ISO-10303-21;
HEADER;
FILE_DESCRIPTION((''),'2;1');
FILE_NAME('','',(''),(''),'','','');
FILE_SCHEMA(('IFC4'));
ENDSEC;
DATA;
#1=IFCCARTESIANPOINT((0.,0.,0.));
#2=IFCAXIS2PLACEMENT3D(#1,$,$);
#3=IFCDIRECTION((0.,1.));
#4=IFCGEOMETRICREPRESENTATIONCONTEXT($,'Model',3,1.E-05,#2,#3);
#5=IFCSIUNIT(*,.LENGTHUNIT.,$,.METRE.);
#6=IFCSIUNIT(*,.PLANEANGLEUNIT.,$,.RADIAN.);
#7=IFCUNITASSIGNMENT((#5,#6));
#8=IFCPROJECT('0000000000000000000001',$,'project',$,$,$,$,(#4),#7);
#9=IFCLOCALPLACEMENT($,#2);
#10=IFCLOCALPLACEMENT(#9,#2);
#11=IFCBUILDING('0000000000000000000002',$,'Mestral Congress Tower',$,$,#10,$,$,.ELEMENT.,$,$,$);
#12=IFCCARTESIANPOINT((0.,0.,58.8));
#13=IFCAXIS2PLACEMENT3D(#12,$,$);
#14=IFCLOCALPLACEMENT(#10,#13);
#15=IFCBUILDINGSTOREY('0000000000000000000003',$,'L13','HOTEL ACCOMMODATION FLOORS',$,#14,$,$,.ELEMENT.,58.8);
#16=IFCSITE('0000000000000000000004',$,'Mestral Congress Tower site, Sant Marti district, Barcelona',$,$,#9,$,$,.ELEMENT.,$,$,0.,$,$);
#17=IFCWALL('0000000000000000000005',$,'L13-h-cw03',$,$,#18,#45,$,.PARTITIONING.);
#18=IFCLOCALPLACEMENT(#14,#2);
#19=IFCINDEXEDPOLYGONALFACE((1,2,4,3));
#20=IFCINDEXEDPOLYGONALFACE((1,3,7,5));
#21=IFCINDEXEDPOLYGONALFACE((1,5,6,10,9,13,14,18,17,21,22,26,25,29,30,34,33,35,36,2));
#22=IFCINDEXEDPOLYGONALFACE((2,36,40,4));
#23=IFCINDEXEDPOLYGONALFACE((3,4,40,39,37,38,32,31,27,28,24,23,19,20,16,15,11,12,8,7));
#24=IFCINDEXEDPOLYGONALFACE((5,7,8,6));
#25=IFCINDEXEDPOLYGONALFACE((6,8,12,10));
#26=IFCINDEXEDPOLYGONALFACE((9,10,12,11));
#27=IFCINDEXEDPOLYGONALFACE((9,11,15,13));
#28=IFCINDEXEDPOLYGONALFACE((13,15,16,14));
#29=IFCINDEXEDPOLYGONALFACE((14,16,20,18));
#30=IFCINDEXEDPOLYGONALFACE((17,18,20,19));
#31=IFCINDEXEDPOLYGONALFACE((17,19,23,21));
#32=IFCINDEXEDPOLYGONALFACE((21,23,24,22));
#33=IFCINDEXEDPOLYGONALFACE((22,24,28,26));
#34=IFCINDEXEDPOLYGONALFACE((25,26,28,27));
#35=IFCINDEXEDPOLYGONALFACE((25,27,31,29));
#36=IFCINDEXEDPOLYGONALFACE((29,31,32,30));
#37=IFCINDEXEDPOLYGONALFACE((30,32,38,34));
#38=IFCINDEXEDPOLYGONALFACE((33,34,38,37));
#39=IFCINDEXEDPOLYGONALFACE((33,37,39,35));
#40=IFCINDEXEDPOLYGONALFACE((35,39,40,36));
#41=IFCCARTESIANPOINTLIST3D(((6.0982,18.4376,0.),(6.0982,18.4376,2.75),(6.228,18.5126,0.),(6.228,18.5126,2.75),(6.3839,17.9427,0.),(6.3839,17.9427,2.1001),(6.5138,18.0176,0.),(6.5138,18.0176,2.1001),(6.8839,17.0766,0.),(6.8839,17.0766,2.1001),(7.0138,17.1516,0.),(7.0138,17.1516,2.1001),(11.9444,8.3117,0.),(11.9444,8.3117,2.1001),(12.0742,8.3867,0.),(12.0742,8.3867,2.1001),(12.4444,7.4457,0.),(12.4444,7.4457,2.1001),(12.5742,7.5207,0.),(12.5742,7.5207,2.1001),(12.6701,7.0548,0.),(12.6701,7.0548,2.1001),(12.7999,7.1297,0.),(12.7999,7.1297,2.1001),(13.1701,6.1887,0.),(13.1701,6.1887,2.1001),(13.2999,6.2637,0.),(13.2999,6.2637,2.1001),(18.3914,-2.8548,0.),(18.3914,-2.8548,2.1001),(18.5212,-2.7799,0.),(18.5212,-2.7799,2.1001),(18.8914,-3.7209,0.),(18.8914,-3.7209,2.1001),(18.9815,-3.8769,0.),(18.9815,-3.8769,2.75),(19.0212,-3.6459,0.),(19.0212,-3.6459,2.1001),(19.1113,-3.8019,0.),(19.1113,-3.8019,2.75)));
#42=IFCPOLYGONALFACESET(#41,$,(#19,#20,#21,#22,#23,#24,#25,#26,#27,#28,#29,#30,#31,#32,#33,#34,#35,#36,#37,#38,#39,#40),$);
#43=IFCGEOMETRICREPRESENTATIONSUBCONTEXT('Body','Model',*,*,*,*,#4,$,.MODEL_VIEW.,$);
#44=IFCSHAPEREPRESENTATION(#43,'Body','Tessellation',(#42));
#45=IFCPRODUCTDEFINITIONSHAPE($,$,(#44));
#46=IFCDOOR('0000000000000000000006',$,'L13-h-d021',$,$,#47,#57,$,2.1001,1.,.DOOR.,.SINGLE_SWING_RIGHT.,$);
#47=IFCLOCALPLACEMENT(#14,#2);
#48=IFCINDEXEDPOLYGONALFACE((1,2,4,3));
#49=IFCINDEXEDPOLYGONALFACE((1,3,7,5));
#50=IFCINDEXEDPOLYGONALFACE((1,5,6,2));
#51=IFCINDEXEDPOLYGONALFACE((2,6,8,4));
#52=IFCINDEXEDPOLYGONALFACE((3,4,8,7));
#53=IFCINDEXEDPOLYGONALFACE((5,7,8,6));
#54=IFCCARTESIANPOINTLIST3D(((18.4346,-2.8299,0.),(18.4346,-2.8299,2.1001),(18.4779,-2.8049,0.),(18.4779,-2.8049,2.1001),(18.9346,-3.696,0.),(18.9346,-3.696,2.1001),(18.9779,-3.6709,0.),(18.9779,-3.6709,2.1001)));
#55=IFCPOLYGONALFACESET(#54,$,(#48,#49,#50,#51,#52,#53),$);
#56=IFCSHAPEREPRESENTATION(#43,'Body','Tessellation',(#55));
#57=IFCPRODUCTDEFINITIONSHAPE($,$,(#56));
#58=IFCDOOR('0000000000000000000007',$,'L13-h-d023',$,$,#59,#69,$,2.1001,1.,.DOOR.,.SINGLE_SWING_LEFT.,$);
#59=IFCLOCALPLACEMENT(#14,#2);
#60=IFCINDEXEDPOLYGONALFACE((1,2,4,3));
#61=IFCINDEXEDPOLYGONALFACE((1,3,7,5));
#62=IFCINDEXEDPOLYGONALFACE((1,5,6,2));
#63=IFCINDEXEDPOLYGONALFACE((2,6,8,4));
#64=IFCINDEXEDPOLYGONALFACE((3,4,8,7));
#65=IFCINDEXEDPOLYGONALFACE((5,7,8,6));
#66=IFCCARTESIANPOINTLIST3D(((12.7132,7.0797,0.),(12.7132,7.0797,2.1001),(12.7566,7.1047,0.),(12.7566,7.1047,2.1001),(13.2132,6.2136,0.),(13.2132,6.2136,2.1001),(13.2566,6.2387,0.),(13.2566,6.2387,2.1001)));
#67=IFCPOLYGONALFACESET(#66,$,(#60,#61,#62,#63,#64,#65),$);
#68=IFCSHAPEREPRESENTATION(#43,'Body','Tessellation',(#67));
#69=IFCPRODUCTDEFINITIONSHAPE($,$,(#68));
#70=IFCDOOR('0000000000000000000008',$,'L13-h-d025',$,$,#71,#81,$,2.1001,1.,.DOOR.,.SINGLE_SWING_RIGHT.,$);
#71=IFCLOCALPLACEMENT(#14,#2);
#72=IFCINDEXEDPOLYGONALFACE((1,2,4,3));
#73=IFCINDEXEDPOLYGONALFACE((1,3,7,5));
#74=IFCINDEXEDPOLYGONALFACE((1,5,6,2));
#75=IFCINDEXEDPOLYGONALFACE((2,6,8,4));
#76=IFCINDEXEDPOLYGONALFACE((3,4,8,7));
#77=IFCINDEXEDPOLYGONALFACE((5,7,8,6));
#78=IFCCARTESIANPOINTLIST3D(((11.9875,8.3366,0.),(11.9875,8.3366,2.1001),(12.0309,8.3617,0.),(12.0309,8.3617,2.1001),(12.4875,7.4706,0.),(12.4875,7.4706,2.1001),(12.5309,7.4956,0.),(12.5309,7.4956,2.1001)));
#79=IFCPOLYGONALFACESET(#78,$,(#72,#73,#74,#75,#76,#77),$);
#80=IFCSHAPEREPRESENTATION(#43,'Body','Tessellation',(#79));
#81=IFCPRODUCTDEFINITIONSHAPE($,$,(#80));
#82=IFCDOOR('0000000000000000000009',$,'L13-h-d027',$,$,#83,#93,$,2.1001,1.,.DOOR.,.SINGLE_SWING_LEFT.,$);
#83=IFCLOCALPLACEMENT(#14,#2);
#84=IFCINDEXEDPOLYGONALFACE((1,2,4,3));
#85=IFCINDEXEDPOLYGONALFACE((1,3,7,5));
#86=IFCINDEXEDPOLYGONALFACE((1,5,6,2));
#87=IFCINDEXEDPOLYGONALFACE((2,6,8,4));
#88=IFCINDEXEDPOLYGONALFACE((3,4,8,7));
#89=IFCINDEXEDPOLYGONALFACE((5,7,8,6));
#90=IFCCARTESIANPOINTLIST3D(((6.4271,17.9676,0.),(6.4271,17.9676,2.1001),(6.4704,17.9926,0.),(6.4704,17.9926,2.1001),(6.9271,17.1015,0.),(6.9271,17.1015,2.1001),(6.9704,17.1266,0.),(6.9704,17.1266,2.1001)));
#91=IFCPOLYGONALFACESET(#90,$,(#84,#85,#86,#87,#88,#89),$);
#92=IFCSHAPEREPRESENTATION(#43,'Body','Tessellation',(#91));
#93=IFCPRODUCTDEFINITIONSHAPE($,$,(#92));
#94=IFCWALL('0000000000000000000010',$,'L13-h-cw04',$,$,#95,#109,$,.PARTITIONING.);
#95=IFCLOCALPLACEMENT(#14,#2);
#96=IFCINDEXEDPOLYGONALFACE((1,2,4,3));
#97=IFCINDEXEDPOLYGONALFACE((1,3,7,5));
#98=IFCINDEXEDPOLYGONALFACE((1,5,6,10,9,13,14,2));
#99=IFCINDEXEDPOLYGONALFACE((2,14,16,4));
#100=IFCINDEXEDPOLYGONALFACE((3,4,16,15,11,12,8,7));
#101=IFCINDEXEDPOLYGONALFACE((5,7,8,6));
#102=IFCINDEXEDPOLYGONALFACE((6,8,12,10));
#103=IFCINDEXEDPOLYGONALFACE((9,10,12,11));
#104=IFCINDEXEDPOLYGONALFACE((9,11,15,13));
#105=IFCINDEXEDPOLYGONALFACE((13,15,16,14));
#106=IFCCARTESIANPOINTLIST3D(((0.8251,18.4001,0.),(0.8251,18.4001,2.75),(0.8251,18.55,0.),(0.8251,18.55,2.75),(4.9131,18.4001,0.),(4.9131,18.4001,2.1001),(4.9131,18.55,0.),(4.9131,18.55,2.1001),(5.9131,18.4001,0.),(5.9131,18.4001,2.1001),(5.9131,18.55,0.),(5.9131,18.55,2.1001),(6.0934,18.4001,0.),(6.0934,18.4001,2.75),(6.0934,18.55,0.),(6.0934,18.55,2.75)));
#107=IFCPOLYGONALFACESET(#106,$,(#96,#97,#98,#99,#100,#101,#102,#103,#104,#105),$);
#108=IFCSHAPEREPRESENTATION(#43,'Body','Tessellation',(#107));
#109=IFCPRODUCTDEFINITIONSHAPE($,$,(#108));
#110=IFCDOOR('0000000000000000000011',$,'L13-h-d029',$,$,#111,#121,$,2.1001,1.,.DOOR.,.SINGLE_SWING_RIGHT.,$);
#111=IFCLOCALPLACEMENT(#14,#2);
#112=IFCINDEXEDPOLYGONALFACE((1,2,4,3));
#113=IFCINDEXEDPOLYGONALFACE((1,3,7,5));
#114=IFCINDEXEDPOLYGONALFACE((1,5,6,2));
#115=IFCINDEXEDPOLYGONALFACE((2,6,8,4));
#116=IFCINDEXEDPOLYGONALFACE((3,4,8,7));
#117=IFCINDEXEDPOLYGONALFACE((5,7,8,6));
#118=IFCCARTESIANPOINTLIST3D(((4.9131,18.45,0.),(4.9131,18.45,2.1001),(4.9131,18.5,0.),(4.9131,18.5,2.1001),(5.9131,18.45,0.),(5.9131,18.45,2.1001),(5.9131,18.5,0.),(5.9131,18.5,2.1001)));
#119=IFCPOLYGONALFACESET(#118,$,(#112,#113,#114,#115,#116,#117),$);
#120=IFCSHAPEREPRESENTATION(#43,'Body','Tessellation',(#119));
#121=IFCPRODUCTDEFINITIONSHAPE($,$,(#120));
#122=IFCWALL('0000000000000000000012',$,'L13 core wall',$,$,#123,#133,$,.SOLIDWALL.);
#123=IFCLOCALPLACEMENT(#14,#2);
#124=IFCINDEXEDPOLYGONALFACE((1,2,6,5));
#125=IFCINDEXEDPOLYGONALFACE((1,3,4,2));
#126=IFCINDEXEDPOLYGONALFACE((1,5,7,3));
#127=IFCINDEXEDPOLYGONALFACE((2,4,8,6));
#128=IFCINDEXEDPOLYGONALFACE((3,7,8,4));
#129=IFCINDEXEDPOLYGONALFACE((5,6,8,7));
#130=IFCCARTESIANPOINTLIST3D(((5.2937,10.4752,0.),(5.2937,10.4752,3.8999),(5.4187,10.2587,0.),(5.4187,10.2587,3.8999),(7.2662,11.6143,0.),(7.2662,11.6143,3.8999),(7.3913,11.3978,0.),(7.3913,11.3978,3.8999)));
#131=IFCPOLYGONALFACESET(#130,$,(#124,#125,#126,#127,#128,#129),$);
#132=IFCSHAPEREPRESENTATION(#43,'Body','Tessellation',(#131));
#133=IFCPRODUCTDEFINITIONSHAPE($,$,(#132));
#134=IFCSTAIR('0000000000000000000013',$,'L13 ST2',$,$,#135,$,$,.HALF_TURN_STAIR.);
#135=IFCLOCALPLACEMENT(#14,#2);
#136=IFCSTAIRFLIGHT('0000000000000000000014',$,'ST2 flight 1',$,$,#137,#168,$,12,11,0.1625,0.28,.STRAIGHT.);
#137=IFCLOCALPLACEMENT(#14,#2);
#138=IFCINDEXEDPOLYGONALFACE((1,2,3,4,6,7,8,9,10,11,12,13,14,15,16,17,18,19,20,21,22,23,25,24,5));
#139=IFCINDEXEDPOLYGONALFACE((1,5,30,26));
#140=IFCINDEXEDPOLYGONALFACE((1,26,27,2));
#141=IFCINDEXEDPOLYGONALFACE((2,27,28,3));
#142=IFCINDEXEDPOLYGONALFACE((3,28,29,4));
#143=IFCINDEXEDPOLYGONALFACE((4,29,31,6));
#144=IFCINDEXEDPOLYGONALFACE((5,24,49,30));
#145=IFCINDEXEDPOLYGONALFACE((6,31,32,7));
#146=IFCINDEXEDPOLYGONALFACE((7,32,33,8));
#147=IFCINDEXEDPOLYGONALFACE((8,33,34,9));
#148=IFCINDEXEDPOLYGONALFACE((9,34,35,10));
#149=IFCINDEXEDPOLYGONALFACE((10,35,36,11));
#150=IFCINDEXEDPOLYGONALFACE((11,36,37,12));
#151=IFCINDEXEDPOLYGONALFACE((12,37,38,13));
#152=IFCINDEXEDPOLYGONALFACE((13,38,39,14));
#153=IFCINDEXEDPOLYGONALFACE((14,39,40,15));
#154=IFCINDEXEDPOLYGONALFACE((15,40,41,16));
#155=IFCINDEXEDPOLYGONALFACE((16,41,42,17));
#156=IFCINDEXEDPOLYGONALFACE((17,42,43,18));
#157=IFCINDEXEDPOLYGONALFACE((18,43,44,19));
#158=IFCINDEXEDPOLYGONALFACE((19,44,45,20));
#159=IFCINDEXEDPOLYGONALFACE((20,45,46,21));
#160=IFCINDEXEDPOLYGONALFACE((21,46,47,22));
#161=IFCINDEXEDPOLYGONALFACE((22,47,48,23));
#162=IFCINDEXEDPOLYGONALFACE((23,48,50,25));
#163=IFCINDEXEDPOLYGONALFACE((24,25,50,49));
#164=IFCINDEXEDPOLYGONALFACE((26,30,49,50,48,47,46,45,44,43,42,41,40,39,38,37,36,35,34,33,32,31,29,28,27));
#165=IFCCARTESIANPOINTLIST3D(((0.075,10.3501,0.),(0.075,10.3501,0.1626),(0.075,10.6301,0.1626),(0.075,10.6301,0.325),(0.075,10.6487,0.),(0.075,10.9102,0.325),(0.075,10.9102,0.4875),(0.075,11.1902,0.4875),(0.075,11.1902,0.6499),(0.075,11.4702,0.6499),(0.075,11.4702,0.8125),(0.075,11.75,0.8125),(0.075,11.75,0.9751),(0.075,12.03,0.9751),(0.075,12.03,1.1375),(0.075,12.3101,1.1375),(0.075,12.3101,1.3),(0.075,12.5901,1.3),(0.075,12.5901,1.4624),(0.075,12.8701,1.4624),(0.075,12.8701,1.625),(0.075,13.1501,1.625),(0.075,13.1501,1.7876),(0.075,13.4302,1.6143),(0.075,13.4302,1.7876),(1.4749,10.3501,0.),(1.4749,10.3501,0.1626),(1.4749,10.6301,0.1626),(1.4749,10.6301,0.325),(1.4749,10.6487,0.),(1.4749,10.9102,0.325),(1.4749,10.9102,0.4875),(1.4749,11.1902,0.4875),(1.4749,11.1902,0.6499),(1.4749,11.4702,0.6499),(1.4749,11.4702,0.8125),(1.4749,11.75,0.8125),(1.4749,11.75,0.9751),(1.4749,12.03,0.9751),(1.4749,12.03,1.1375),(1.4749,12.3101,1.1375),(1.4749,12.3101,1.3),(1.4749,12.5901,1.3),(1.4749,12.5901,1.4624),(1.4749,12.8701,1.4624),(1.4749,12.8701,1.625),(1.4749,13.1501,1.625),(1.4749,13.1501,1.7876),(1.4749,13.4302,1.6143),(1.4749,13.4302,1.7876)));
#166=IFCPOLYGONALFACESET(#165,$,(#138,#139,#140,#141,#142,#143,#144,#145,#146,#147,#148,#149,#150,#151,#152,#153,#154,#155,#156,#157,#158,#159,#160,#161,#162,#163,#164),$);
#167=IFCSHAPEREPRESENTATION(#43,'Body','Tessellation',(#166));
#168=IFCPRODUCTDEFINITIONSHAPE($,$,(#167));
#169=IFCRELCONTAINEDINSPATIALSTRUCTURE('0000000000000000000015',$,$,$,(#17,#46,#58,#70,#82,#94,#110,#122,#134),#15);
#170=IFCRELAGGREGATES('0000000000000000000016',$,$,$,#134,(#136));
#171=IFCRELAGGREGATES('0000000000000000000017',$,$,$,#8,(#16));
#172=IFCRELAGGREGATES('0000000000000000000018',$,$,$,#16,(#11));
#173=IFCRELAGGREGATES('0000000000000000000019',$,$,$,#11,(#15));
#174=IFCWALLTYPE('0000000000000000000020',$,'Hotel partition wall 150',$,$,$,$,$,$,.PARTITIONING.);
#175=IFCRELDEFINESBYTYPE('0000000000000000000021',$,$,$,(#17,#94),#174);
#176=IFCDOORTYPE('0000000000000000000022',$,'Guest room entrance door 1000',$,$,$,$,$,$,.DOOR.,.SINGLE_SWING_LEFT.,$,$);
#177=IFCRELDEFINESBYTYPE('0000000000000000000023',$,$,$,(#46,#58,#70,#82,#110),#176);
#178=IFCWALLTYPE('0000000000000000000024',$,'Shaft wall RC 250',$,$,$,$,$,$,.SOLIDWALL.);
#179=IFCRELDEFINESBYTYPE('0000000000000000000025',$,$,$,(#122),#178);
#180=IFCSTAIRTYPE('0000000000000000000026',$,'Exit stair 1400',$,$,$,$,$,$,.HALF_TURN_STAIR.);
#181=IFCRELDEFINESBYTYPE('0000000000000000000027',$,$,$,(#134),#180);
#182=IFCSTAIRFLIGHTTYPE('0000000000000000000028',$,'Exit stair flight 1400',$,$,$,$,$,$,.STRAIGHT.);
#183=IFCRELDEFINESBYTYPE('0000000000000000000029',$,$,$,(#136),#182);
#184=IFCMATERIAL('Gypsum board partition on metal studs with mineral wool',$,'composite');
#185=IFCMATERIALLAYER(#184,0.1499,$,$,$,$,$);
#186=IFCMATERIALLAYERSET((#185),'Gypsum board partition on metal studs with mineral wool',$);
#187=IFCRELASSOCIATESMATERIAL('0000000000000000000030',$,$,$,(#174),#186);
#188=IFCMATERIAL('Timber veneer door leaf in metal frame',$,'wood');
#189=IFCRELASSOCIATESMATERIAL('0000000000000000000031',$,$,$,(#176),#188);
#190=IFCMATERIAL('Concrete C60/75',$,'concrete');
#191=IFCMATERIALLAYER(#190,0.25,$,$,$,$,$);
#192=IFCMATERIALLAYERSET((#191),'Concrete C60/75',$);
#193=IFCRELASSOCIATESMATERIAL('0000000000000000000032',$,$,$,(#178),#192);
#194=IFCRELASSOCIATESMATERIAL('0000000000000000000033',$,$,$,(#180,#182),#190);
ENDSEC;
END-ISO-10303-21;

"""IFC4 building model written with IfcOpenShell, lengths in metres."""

from ifc_helpers import new_model, si_unit, direction, frame, frame_2d, origin, place, context, subcontext, project, spatial, polyline, rectangle, outline, extrude, material, layer, layer_set, type_object, element, fill, aggregate, save


model = new_model("IFC4")

# Units and contexts
model_context = context("Model", 3, precision=1e-05, world=origin(), true_north=direction((0.0, 1.0)))
body_context = subcontext(model_context, "Body", "Model", "MODEL_VIEW")
ifc_project = project(units=[si_unit("LENGTHUNIT", "METRE"), si_unit("PLANEANGLEUNIT", "RADIAN")], contexts=[model_context])

# Site, building, storey
site_placement = place(None, origin())
site = spatial("IfcSite", under=ifc_project, at=site_placement, Name="Mestral Congress Tower site, Sant Marti district, Barcelona", CompositionType="ELEMENT", RefElevation=0.0)
building_placement = place(site_placement, origin())
building = spatial("IfcBuilding", under=site, at=building_placement, Name="Mestral Congress Tower", CompositionType="ELEMENT")
storey_placement = place(building_placement, frame((0.0, 0.0, 58.8)))
storey = spatial("IfcBuildingStorey", under=building, at=storey_placement, Name="L13", Description="HOTEL ACCOMMODATION FLOORS", CompositionType="ELEMENT", Elevation=58.8)

# Shared definitions
ifc_material_1 = material(Name="Concrete C60/75", Category="concrete")

# Shared definitions
ifc_material_2 = material(Name="Gypsum board partition on metal studs with mineral wool", Category="composite")

# Wall, openings, doors
ifc_layer_1 = layer(ifc_material_2, 0.1499)
ifc_layer_set_1 = layer_set([ifc_layer_1], Name="Gypsum board partition on metal studs with mineral wool")
wall_type_1 = type_object("IfcWallType", Name="Hotel partition wall 150", PredefinedType="PARTITIONING", material=ifc_layer_set_1)
wall_1_placement = place(storey_placement, frame((6.1631, 18.4751, 0.0), z_axis=(0.0, 0.0, 1.0), x_axis=(0.500001, -0.866025, 0.0)))
wall_1 = element("IfcWall", 1, at=wall_1_placement, inside=storey, type_object=wall_type_1, Name="L13-h-cw03", PredefinedType="PARTITIONING", context=body_context, shape_type="SweptSolid", body=[
    extrude(rectangle(XDim=25.7666, YDim=0.1499, at=frame_2d((12.8833, 0.0))), origin(), (0.0, 0.0, 1.0), 2.75),
])
opening_1_placement = place(wall_1_placement, frame((24.5864, 0.0, 0.0)))
opening_1 = element("IfcOpeningElement", 2, at=opening_1_placement, cuts=wall_1, PredefinedType="OPENING", context=body_context, shape_type="SweptSolid", body=[
    extrude(rectangle(XDim=1.0, YDim=2.1001, at=frame_2d((0.5, 1.05))), frame((0.0, 0.085, 0.0), z_axis=(0.0, -1.0, 0.0), x_axis=(1.0, 0.0, 0.0)), (0.0, 0.0, 1.0), 0.1699),
])
opening_2_placement = place(wall_1_placement, frame((13.1438, 0.0, 0.0)))
opening_2 = element("IfcOpeningElement", 3, at=opening_2_placement, cuts=wall_1, PredefinedType="OPENING", context=body_context, shape_type="SweptSolid", body=[
    extrude(rectangle(XDim=1.0, YDim=2.1001, at=frame_2d((0.5, 1.05))), frame((0.0, 0.085, 0.0), z_axis=(0.0, -1.0, 0.0), x_axis=(1.0, 0.0, 0.0)), (0.0, 0.0, 1.0), 0.1699),
])
opening_3_placement = place(wall_1_placement, frame((11.6924, 0.0, 0.0)))
opening_3 = element("IfcOpeningElement", 4, at=opening_3_placement, cuts=wall_1, PredefinedType="OPENING", context=body_context, shape_type="SweptSolid", body=[
    extrude(rectangle(XDim=1.0, YDim=2.1001, at=frame_2d((0.5, 1.05))), frame((0.0, 0.085, 0.0), z_axis=(0.0, -1.0, 0.0), x_axis=(1.0, 0.0, 0.0)), (0.0, 0.0, 1.0), 0.1699),
])
opening_4_placement = place(wall_1_placement, frame((0.5715, 0.0, 0.0)))
opening_4 = element("IfcOpeningElement", 5, at=opening_4_placement, cuts=wall_1, PredefinedType="OPENING", context=body_context, shape_type="SweptSolid", body=[
    extrude(rectangle(XDim=1.0, YDim=2.1001, at=frame_2d((0.5, 1.05))), frame((0.0, 0.085, 0.0), z_axis=(0.0, -1.0, 0.0), x_axis=(1.0, 0.0, 0.0)), (0.0, 0.0, 1.0), 0.1699),
])
ifc_material_3 = material(Name="Timber veneer door leaf in metal frame", Category="wood")
door_type_1 = type_object("IfcDoorType", Name="Guest room entrance door 1000", OperationType="SINGLE_SWING_LEFT", PredefinedType="DOOR", material=ifc_material_3)
door_1_placement = place(opening_1_placement, origin())
door_1 = element("IfcDoor", 6, at=door_1_placement, inside=storey, type_object=door_type_1, Name="L13-h-d021", OperationType="SINGLE_SWING_RIGHT", OverallHeight=2.1001, OverallWidth=1.0, PredefinedType="DOOR", context=body_context, shape_type="SweptSolid", body=[
    extrude(rectangle(XDim=1.0, YDim=2.1001, at=frame_2d((0.5, 1.05))), frame((0.0, 0.0249, 0.0), z_axis=(0.0, -1.0, 0.0), x_axis=(1.0, 0.0, 0.0)), (0.0, 0.0, 1.0), 0.05),
])
fill(opening_1, door_1)
door_2_placement = place(opening_2_placement, origin())
door_2 = element("IfcDoor", 7, at=door_2_placement, inside=storey, type_object=door_type_1, Name="L13-h-d023", OperationType="SINGLE_SWING_LEFT", OverallHeight=2.1001, OverallWidth=1.0, PredefinedType="DOOR", context=body_context, shape_type="SweptSolid", body=[
    extrude(rectangle(XDim=1.0, YDim=2.1001, at=frame_2d((0.5, 1.05))), frame((0.0, 0.0249, 0.0), z_axis=(0.0, -1.0, 0.0), x_axis=(1.0, 0.0, 0.0)), (0.0, 0.0, 1.0), 0.05),
])
fill(opening_2, door_2)
door_3_placement = place(opening_3_placement, origin())
door_3 = element("IfcDoor", 8, at=door_3_placement, inside=storey, type_object=door_type_1, Name="L13-h-d025", OperationType="SINGLE_SWING_RIGHT", OverallHeight=2.1001, OverallWidth=1.0, PredefinedType="DOOR", context=body_context, shape_type="SweptSolid", body=[
    extrude(rectangle(XDim=1.0, YDim=2.1001, at=frame_2d((0.5, 1.05))), frame((0.0, 0.0249, 0.0), z_axis=(0.0, -1.0, 0.0), x_axis=(1.0, 0.0, 0.0)), (0.0, 0.0, 1.0), 0.05),
])
fill(opening_3, door_3)
door_4_placement = place(opening_4_placement, origin())
door_4 = element("IfcDoor", 9, at=door_4_placement, inside=storey, type_object=door_type_1, Name="L13-h-d027", OperationType="SINGLE_SWING_LEFT", OverallHeight=2.1001, OverallWidth=1.0, PredefinedType="DOOR", context=body_context, shape_type="SweptSolid", body=[
    extrude(rectangle(XDim=1.0, YDim=2.1001, at=frame_2d((0.5, 1.05))), frame((0.0, 0.0249, 0.0), z_axis=(0.0, -1.0, 0.0), x_axis=(1.0, 0.0, 0.0)), (0.0, 0.0, 1.0), 0.05),
])
fill(opening_4, door_4)

# Wall, opening, door
wall_2_placement = place(storey_placement, frame((0.825, 18.4751, 0.0), z_axis=(0.0, 0.0, 1.0), x_axis=(1.0, 0.0, 0.0)))
wall_2 = element("IfcWall", 10, at=wall_2_placement, inside=storey, type_object=wall_type_1, Name="L13-h-cw04", PredefinedType="PARTITIONING", context=body_context, shape_type="SweptSolid", body=[
    extrude(rectangle(XDim=5.2683, YDim=0.1499, at=frame_2d((2.6343, 0.0))), origin(), (0.0, 0.0, 1.0), 2.75),
])
opening_5_placement = place(wall_2_placement, frame((4.0881, 0.0, 0.0)))
opening_5 = element("IfcOpeningElement", 11, at=opening_5_placement, cuts=wall_2, PredefinedType="OPENING", context=body_context, shape_type="SweptSolid", body=[
    extrude(rectangle(XDim=1.0, YDim=2.1001, at=frame_2d((0.5, 1.05))), frame((0.0, 0.085, 0.0), z_axis=(0.0, -1.0, 0.0), x_axis=(1.0, 0.0, 0.0)), (0.0, 0.0, 1.0), 0.1699),
])
door_5_placement = place(opening_5_placement, origin())
door_5 = element("IfcDoor", 12, at=door_5_placement, inside=storey, type_object=door_type_1, Name="L13-h-d029", OperationType="SINGLE_SWING_RIGHT", OverallHeight=2.1001, OverallWidth=1.0, PredefinedType="DOOR", context=body_context, shape_type="SweptSolid", body=[
    extrude(rectangle(XDim=1.0, YDim=2.1001, at=frame_2d((0.5, 1.05))), frame((0.0, 0.0249, 0.0), z_axis=(0.0, -1.0, 0.0), x_axis=(1.0, 0.0, 0.0)), (0.0, 0.0, 1.0), 0.05),
])
fill(opening_5, door_5)

# Wall
ifc_layer_2 = layer(ifc_material_1, 0.25)
ifc_layer_set_2 = layer_set([ifc_layer_2], Name="Concrete C60/75")
wall_type_2 = type_object("IfcWallType", Name="Shaft wall RC 250", PredefinedType="SOLIDWALL", material=ifc_layer_set_2)
wall_3_placement = place(storey_placement, frame((5.3562, 10.3669, 0.0), z_axis=(0.0, 0.0, 1.0), x_axis=(0.865979, 0.500081, 0.0)))
element("IfcWall", 13, at=wall_3_placement, inside=storey, type_object=wall_type_2, Name="L13 core wall", PredefinedType="SOLIDWALL", context=body_context, shape_type="SweptSolid", body=[
    extrude(rectangle(XDim=2.2778, YDim=0.25, at=frame_2d((1.1389, 0.0))), origin(), (0.0, 0.0, 1.0), 3.8999),
])

# Stair, stair flight
stair_type = type_object("IfcStairType", Name="Exit stair 1400", PredefinedType="HALF_TURN_STAIR", material=ifc_material_1)
stair_placement = place(storey_placement, origin())
stair = element("IfcStair", 14, at=stair_placement, inside=storey, type_object=stair_type, Name="L13 ST2", PredefinedType="HALF_TURN_STAIR")
stair_flight_type = type_object("IfcStairFlightType", Name="Exit stair flight 1400", PredefinedType="STRAIGHT", material=ifc_material_1)
stair_flight_placement = place(storey_placement, frame((0.7749, 10.3501, 0.0), z_axis=(0.0, 0.0, 1.0), x_axis=(0.0, 1.0, 0.0)))
stair_flight = element("IfcStairFlight", 15, at=stair_flight_placement, type_object=stair_flight_type, Name="ST2 flight 1", NumberOfRisers=12, NumberOfTreads=11, PredefinedType="STRAIGHT", RiserHeight=0.1625, TreadLength=0.28, context=body_context, shape_type="SweptSolid", body=[
    extrude(outline(polyline([(0.0, 0.0), (0.0, 0.1626), (0.28, 0.1626), (0.28, 0.325), (0.5601, 0.325), (0.5601, 0.4875), (0.8401, 0.4875), (0.8401, 0.6499), (1.1201, 0.6499), (1.1201, 0.8125), (1.3999, 0.8125), (1.3999, 0.9751), (1.6799, 0.9751), (1.6799, 1.1375), (1.96, 1.1375), (1.96, 1.3), (2.24, 1.3), (2.24, 1.4624), (2.52, 1.4624), (2.52, 1.625), (2.8, 1.625), (2.8, 1.7876), (3.0801, 1.7876), (3.0801, 1.95), (3.0801, 1.6143), (0.2986, 0.0), (0.0, 0.0)])), frame((0.0, 0.7, 0.0), z_axis=(0.0, -1.0, 0.0), x_axis=(1.0, 0.0, 0.0)), (0.0, 0.0, 1.0), 1.3999),
])
aggregate(stair, [stair_flight])

save(model, "model.ifc")
